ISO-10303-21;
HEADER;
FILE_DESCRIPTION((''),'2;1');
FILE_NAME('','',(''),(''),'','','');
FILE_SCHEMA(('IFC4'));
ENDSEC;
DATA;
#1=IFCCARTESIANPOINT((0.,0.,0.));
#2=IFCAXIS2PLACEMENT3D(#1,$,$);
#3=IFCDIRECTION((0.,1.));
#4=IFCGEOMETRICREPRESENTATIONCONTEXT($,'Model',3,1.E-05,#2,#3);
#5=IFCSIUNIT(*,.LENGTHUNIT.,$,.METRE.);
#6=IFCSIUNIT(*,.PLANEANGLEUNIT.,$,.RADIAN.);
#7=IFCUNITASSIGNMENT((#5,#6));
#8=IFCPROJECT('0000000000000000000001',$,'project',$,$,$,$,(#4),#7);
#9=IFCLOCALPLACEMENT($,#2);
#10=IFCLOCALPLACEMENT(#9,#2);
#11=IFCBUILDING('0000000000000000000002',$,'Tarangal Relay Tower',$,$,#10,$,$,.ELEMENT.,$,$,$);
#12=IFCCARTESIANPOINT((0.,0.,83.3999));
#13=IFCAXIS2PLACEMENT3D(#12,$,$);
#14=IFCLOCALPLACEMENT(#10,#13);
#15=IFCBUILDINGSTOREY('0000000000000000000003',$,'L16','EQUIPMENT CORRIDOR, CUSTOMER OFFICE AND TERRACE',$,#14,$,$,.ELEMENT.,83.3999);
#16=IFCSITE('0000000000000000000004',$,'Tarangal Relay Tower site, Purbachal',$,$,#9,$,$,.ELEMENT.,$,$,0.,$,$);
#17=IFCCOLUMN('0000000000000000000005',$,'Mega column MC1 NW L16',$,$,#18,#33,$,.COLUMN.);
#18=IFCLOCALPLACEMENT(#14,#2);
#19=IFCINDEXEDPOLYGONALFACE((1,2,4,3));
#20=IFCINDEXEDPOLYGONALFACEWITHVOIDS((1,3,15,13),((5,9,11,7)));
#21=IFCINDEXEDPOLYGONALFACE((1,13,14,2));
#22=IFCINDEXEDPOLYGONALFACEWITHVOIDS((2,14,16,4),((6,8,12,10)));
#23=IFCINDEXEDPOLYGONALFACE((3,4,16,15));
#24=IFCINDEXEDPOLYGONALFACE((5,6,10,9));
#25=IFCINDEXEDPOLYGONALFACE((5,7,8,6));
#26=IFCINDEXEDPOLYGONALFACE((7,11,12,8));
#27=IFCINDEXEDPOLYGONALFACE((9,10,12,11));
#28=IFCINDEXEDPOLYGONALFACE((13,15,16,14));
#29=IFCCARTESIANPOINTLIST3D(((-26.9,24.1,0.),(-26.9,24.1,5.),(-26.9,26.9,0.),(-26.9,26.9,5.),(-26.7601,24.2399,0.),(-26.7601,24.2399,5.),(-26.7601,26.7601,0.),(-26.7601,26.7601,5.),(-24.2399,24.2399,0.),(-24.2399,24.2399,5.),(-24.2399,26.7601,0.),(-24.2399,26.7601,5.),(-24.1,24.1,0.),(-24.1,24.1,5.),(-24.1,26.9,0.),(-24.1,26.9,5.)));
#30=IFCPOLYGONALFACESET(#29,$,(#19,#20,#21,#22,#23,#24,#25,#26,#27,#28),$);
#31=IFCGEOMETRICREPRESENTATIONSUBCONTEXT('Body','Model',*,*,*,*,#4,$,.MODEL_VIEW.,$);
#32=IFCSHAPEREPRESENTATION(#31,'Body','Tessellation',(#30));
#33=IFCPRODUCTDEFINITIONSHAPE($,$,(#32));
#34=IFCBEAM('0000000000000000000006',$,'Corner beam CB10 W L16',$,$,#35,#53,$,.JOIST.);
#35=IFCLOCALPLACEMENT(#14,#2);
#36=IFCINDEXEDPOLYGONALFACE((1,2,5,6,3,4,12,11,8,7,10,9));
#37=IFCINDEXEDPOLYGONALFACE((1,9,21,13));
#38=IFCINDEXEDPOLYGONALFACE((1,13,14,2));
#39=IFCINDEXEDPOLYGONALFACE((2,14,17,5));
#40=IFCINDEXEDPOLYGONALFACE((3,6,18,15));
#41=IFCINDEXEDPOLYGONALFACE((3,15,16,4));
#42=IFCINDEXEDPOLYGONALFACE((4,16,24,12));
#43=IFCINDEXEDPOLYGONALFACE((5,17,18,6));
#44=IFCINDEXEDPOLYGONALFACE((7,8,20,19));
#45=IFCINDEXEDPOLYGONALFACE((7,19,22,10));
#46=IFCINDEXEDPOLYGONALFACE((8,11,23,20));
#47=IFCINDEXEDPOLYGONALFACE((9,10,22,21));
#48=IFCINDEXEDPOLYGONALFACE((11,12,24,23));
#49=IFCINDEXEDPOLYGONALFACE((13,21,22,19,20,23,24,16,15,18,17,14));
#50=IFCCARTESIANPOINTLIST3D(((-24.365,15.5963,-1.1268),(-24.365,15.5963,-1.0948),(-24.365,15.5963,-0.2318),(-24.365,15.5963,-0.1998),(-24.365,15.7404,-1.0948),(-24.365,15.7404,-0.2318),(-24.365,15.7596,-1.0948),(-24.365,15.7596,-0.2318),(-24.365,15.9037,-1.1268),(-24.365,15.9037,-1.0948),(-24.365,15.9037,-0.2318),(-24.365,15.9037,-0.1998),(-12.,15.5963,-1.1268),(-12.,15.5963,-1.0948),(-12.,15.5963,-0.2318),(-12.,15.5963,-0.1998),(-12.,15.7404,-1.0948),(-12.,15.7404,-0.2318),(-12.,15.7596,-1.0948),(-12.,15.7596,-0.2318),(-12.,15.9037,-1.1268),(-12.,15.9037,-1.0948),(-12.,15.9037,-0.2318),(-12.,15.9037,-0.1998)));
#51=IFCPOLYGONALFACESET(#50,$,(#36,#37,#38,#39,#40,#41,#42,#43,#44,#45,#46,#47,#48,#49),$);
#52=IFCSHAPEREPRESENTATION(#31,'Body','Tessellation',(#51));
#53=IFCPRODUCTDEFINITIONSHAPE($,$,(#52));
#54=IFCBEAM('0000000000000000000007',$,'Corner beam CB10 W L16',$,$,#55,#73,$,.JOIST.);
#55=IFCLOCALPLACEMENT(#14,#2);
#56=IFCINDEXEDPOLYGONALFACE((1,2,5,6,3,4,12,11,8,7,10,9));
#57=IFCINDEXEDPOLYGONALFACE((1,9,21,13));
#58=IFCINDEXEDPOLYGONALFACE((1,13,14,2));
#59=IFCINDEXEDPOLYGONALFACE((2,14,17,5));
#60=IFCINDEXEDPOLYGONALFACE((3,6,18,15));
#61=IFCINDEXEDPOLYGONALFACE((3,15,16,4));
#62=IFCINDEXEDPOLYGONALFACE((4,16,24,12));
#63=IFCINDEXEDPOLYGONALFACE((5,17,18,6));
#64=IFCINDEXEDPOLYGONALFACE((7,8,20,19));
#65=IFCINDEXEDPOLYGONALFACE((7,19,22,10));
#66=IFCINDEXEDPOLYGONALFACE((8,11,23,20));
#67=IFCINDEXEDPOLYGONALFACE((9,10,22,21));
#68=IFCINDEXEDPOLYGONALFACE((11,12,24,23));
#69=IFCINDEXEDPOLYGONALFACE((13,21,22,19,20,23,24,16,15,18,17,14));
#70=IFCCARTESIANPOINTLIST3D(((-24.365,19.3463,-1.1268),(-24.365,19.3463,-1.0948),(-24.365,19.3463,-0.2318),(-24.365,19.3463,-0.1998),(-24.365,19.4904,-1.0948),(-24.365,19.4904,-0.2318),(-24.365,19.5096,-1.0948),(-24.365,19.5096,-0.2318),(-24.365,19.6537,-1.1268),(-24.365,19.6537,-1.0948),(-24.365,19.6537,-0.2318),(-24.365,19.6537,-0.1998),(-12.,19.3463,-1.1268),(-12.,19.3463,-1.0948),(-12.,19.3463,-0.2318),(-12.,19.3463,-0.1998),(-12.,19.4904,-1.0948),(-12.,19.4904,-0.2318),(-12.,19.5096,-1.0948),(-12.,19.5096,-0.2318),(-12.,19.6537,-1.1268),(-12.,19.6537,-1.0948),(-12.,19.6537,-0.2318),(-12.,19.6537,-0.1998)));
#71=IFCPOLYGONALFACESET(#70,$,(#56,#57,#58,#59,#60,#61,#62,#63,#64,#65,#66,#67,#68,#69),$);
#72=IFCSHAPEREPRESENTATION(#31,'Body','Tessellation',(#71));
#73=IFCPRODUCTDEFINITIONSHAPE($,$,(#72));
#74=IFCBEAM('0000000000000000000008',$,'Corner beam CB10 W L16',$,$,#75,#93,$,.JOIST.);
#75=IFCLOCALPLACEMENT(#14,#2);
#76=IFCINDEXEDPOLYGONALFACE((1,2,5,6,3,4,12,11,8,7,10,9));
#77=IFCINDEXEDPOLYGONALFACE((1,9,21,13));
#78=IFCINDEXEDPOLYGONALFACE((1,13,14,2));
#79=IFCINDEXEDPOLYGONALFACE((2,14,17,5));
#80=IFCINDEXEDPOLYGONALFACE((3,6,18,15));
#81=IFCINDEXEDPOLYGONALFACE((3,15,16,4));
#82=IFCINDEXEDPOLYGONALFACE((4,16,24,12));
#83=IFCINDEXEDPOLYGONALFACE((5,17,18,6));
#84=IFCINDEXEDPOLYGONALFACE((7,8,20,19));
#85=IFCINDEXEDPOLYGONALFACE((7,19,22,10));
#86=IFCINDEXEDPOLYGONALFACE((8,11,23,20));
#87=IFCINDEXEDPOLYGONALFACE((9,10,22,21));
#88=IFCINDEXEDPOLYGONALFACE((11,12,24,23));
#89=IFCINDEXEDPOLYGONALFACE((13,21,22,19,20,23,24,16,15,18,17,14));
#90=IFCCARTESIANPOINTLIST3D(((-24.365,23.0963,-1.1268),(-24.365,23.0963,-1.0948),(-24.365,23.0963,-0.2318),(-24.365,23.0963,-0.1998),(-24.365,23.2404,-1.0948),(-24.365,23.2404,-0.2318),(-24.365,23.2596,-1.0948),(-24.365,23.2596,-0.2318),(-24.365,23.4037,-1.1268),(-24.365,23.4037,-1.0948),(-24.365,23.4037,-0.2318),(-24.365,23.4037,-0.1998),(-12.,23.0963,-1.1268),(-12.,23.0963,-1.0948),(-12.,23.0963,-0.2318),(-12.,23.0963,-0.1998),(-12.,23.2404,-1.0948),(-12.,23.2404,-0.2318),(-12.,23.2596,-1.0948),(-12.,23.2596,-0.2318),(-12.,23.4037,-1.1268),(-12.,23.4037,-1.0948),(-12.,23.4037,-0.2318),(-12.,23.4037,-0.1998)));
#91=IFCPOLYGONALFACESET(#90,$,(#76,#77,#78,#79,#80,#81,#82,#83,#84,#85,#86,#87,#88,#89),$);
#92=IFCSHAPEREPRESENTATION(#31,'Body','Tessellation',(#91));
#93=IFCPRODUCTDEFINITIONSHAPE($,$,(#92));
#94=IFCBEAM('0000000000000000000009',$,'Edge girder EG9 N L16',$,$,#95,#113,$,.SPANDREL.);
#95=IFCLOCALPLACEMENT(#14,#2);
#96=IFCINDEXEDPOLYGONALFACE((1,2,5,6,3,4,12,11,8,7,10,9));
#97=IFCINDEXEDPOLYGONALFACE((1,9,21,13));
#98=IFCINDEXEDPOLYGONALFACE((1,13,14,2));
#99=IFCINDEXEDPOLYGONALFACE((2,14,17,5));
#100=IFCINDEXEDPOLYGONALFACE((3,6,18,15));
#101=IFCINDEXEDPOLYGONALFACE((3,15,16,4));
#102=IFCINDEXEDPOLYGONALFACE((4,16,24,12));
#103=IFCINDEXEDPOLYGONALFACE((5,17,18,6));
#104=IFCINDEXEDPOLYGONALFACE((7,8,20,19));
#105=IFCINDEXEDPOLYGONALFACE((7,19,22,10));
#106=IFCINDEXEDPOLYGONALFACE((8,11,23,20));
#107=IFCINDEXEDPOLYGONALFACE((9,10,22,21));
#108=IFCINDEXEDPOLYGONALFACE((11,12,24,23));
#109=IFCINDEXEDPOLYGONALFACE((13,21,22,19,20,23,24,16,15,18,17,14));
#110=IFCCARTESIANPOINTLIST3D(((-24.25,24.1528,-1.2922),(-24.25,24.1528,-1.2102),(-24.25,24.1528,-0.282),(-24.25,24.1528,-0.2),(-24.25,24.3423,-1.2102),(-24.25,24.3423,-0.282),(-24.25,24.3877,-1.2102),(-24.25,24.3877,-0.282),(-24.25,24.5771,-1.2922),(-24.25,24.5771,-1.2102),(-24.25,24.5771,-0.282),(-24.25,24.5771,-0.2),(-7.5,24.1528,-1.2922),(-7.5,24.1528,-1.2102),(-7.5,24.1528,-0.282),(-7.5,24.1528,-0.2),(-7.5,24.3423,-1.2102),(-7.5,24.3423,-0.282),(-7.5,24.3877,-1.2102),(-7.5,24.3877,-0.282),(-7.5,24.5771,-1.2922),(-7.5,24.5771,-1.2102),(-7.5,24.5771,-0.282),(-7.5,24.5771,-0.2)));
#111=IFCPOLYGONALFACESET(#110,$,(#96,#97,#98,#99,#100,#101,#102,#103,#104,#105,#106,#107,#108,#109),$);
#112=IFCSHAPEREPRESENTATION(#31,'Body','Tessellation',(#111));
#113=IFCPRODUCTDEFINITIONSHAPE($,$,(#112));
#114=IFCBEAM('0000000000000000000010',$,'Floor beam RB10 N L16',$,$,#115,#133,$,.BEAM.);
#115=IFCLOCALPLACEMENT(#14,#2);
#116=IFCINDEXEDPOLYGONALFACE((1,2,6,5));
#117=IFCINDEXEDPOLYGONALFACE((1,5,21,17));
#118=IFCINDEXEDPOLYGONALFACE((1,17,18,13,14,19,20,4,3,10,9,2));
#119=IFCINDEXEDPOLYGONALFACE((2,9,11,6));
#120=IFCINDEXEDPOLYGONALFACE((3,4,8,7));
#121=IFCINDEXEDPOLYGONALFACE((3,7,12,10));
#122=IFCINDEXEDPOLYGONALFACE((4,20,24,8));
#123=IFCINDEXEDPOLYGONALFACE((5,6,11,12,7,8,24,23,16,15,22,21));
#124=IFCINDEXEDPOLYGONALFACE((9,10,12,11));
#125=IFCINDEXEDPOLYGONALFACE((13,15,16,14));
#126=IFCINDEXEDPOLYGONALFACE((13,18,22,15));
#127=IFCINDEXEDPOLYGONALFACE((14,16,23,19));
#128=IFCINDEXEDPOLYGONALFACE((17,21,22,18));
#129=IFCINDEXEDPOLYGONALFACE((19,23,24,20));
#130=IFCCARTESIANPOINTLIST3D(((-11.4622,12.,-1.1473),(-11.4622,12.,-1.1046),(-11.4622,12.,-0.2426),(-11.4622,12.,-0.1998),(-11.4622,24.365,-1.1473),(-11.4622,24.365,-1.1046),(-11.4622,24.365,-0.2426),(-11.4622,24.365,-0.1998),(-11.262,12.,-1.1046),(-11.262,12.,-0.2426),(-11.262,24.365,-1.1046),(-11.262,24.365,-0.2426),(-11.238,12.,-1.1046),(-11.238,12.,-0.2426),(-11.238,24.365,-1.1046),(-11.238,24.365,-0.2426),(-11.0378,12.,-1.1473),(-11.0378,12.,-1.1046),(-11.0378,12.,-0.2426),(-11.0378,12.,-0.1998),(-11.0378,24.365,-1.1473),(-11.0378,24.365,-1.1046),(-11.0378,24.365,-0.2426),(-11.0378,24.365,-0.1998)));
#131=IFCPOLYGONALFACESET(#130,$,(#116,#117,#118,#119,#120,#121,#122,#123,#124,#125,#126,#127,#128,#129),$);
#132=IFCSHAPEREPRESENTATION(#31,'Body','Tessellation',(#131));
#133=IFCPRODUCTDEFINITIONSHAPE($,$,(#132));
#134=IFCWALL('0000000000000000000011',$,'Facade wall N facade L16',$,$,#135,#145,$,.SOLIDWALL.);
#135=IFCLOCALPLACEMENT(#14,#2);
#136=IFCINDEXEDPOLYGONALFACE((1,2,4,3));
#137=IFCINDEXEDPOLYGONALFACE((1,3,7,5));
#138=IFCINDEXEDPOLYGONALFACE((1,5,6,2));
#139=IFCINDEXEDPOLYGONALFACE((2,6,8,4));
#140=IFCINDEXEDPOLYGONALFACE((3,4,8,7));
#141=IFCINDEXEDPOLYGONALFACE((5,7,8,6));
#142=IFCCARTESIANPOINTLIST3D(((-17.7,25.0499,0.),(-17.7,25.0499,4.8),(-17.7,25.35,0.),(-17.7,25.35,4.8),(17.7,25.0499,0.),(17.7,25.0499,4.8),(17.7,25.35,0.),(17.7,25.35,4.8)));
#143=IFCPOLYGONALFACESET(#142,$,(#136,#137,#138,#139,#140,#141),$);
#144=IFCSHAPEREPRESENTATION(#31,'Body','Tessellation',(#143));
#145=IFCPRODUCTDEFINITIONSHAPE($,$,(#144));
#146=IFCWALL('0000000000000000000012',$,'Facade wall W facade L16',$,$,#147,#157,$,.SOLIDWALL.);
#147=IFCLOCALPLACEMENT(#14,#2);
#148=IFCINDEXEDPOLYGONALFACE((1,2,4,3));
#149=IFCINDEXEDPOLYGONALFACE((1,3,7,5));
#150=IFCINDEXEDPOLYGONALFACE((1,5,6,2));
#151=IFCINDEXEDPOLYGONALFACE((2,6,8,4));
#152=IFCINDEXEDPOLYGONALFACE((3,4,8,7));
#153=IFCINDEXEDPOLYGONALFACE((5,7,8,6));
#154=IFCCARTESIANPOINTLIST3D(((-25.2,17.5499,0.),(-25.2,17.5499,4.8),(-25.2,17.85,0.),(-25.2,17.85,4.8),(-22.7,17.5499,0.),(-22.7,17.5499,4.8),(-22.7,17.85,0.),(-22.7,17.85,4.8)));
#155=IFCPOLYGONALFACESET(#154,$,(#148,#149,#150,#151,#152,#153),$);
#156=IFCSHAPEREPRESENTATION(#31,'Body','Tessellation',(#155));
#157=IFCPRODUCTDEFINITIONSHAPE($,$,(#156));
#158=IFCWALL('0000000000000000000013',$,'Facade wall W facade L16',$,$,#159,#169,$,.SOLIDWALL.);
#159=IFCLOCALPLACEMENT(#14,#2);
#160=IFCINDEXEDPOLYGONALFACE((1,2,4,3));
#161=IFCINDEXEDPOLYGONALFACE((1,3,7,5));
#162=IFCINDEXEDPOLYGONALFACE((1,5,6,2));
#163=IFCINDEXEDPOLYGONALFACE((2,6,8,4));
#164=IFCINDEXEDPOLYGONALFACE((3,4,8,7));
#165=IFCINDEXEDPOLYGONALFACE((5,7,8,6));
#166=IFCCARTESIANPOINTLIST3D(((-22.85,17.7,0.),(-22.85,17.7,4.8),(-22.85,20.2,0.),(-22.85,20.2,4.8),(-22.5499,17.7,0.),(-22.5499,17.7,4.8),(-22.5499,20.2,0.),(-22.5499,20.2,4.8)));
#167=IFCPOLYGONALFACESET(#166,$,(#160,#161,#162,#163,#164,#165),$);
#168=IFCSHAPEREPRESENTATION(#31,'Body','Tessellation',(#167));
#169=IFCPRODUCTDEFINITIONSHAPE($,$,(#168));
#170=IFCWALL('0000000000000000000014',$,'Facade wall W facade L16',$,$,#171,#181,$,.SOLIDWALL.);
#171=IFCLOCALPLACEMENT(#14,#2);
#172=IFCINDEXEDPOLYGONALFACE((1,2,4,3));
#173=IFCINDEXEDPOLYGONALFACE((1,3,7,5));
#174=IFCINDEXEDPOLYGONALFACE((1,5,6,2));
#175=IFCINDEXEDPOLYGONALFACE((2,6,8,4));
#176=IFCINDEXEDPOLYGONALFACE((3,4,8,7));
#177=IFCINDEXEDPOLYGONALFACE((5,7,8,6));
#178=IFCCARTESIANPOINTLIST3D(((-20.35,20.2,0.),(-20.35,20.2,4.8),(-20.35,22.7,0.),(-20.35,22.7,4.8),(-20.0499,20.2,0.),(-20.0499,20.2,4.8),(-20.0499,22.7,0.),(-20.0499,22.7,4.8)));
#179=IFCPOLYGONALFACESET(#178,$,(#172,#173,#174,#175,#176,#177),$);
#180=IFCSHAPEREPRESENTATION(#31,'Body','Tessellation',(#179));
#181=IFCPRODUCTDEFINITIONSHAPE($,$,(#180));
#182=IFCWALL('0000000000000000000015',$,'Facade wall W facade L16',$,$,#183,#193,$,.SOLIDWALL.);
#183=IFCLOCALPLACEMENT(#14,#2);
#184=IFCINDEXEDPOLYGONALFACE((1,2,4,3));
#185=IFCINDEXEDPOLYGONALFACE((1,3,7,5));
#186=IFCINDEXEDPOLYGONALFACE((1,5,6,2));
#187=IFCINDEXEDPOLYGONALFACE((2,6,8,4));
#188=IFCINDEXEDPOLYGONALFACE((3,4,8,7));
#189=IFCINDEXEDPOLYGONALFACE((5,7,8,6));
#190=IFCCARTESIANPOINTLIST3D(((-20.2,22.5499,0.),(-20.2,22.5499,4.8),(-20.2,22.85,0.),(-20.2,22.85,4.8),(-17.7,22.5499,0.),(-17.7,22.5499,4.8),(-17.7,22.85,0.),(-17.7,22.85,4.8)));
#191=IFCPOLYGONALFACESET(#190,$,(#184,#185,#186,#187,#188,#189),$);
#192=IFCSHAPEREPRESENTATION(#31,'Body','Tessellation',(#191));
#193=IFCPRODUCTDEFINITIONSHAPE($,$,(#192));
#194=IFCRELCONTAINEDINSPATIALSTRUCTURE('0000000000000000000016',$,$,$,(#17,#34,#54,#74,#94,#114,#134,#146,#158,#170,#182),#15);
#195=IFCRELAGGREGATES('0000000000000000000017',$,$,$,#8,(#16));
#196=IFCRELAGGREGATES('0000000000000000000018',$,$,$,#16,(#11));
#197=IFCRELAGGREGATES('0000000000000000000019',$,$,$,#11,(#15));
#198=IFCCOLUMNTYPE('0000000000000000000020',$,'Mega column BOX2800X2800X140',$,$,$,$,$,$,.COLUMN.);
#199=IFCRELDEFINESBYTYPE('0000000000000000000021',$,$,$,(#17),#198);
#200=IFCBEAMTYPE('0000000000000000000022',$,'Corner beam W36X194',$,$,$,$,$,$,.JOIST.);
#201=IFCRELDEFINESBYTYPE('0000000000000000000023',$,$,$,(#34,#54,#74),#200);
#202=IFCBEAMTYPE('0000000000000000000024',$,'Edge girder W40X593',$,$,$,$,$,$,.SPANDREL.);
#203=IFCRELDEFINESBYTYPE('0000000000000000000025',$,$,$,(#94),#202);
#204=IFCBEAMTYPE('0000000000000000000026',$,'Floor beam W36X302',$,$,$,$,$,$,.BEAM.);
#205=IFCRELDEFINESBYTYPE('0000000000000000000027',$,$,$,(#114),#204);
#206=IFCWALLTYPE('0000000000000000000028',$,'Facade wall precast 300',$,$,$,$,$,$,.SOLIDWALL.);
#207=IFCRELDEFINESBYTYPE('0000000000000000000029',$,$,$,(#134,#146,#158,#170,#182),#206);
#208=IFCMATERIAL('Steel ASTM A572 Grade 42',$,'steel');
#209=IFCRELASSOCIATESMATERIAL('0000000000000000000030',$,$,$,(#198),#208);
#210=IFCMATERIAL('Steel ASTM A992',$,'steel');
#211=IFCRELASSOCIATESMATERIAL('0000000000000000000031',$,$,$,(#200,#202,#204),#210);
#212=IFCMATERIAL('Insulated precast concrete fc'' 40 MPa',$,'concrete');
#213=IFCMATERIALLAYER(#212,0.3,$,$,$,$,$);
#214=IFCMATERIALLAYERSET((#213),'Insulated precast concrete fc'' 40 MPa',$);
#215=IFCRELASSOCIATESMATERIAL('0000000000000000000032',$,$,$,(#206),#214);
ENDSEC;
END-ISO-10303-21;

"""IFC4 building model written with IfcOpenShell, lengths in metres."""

from ifc_helpers import new_model, si_unit, direction, frame, frame_2d, origin, origin_2d, place, context, subcontext, project, spatial, rectangle, hollow_rectangle, i_section, extrude, material, layer, layer_set, material_profile, profile_set, type_object, element, save


model = new_model("IFC4")

# Units and contexts
model_context = context("Model", 3, precision=1e-05, world=origin(), true_north=direction((0.0, 1.0)))
body_context = subcontext(model_context, "Body", "Model", "MODEL_VIEW")
ifc_project = project(units=[si_unit("LENGTHUNIT", "METRE"), si_unit("PLANEANGLEUNIT", "RADIAN")], contexts=[model_context])

# Site, building, storey
site_placement = place(None, origin())
site = spatial("IfcSite", under=ifc_project, at=site_placement, Name="Tarangal Relay Tower site, Purbachal", CompositionType="ELEMENT", RefElevation=0.0)
building_placement = place(site_placement, origin())
building = spatial("IfcBuilding", under=site, at=building_placement, Name="Tarangal Relay Tower", CompositionType="ELEMENT")
storey_placement = place(building_placement, frame((0.0, 0.0, 83.3999)))
storey = spatial("IfcBuildingStorey", under=building, at=storey_placement, Name="L16", Description="EQUIPMENT CORRIDOR, CUSTOMER OFFICE AND TERRACE", CompositionType="ELEMENT", Elevation=83.3999)

# Column
ifc_material_1 = material(Name="Steel ASTM A572 Grade 42", Category="steel")
ifc_material_profile_1 = material_profile(ifc_material_1, hollow_rectangle(XDim=2.8, YDim=2.8, WallThickness=0.1399, at=origin_2d()), Name="BOX2800X2800X140")
ifc_profile_set_1 = profile_set([ifc_material_profile_1], Name="Steel ASTM A572 Grade 42")
column_type = type_object("IfcColumnType", Name="Mega column BOX2800X2800X140", PredefinedType="COLUMN", material=ifc_profile_set_1)
column_placement = place(storey_placement, frame((-25.5, 25.5, 0.0), z_axis=(0.0, 0.0, 1.0), x_axis=(1.0, 0.0, 0.0)))
element("IfcColumn", 1, at=column_placement, inside=storey, type_object=column_type, Name="Mega column MC1 NW L16", PredefinedType="COLUMN", context=body_context, shape_type="SweptSolid", body=[
    extrude(hollow_rectangle(XDim=2.8, YDim=2.8, WallThickness=0.1399, at=origin_2d()), origin(), (0.0, 0.0, 1.0), 5.0),
])

# Beams
ifc_material_2 = material(Name="Steel ASTM A992", Category="steel")
ifc_material_profile_2 = material_profile(ifc_material_2, i_section(OverallWidth=0.3074, OverallDepth=0.927, WebThickness=0.0193, FlangeThickness=0.032, at=origin_2d()), Name="W36X194")
ifc_profile_set_2 = profile_set([ifc_material_profile_2], Name="Steel ASTM A992")
beam_type_1 = type_object("IfcBeamType", Name="Corner beam W36X194", PredefinedType="JOIST", material=ifc_profile_set_2)
for number, where, z_axis, x_axis, name in (
    (2, (-12.0, 15.75, -0.6633), (-1.0, 0.0, 0.0), (0.0, -1.0, 0.0), "Corner beam CB10 W L16"),
    (3, (-12.0, 19.5, -0.6633), (-1.0, 0.0, 0.0), (0.0, -1.0, 0.0), "Corner beam CB10 W L16"),
    (4, (-12.0, 23.25, -0.6633), (-1.0, 0.0, 0.0), (0.0, -1.0, 0.0), "Corner beam CB10 W L16"),
):
    element("IfcBeam", number, at=place(storey_placement, frame(where, z_axis=z_axis, x_axis=x_axis)), inside=storey, type_object=beam_type_1, Name=name, PredefinedType="JOIST", context=body_context, shape_type="SweptSolid", body=[
        extrude(i_section(OverallWidth=0.3074, OverallDepth=0.927, WebThickness=0.0193, FlangeThickness=0.032, at=origin_2d()), origin(), (0.0, 0.0, 1.0), 12.365),
    ])
ifc_material_profile_3 = material_profile(ifc_material_2, i_section(OverallWidth=0.4243, OverallDepth=1.0923, WebThickness=0.0454, FlangeThickness=0.082, at=origin_2d()), Name="W40X593")
ifc_profile_set_3 = profile_set([ifc_material_profile_3], Name="Steel ASTM A992")
beam_type_2 = type_object("IfcBeamType", Name="Edge girder W40X593", PredefinedType="SPANDREL", material=ifc_profile_set_3)
beam_1_placement = place(storey_placement, frame((-24.25, 24.365, -0.7461), z_axis=(1.0, 0.0, 0.0), x_axis=(0.0, 1.0, 0.0)))
element("IfcBeam", 5, at=beam_1_placement, inside=storey, type_object=beam_type_2, Name="Edge girder EG9 N L16", PredefinedType="SPANDREL", context=body_context, shape_type="SweptSolid", body=[
    extrude(i_section(OverallWidth=0.4243, OverallDepth=1.0923, WebThickness=0.0454, FlangeThickness=0.082, at=origin_2d()), origin(), (0.0, 0.0, 1.0), 16.75),
])
ifc_material_profile_4 = material_profile(ifc_material_2, i_section(OverallWidth=0.4243, OverallDepth=0.9475, WebThickness=0.0239, FlangeThickness=0.0427, at=origin_2d()), Name="W36X302")
ifc_profile_set_4 = profile_set([ifc_material_profile_4], Name="Steel ASTM A992")
beam_type_3 = type_object("IfcBeamType", Name="Floor beam W36X302", PredefinedType="BEAM", material=ifc_profile_set_4)
beam_2_placement = place(storey_placement, frame((-11.25, 12.0, -0.6736), z_axis=(0.0, 1.0, 0.0), x_axis=(-1.0, 0.0, 0.0)))
element("IfcBeam", 6, at=beam_2_placement, inside=storey, type_object=beam_type_3, Name="Floor beam RB10 N L16", PredefinedType="BEAM", context=body_context, shape_type="SweptSolid", body=[
    extrude(i_section(OverallWidth=0.4243, OverallDepth=0.9475, WebThickness=0.0239, FlangeThickness=0.0427, at=origin_2d()), origin(), (0.0, 0.0, 1.0), 12.365),
])

# Walls
ifc_material_3 = material(Name="Insulated precast concrete fc' 40 MPa", Category="concrete")
ifc_layer_1 = layer(ifc_material_3, 0.3)
ifc_layer_set_1 = layer_set([ifc_layer_1], Name="Insulated precast concrete fc' 40 MPa")
wall_type_1 = type_object("IfcWallType", Name="Facade wall precast 300", PredefinedType="SOLIDWALL", material=ifc_layer_set_1)
wall_1_placement = place(storey_placement, frame((-17.7, 25.2, 0.0), z_axis=(0.0, 0.0, 1.0), x_axis=(1.0, 0.0, 0.0)))
element("IfcWall", 7, at=wall_1_placement, inside=storey, type_object=wall_type_1, Name="Facade wall N facade L16", PredefinedType="SOLIDWALL", context=body_context, shape_type="SweptSolid", body=[
    extrude(rectangle(XDim=35.3999, YDim=0.3, at=frame_2d((17.7, 0.0))), origin(), (0.0, 0.0, 1.0), 4.8),
])
for number, where, z_axis, x_axis, name in (
    (8, (-25.2, 17.7, 0.0), (0.0, 0.0, 1.0), (1.0, 0.0, 0.0), "Facade wall W facade L16"),
    (9, (-22.7, 17.7, 0.0), (0.0, 0.0, 1.0), (0.0, 1.0, 0.0), "Facade wall W facade L16"),
):
    element("IfcWall", number, at=place(storey_placement, frame(where, z_axis=z_axis, x_axis=x_axis)), inside=storey, type_object=wall_type_1, Name=name, PredefinedType="SOLIDWALL", context=body_context, shape_type="SweptSolid", body=[
        extrude(rectangle(XDim=2.5, YDim=0.3, at=frame_2d((1.25, 0.0))), origin(), (0.0, 0.0, 1.0), 4.8),
    ])

# Walls
for number, where, z_axis, x_axis, name in (
    (10, (-20.2, 20.2, 0.0), (0.0, 0.0, 1.0), (0.0, 1.0, 0.0), "Facade wall W facade L16"),
    (11, (-20.2, 22.7, 0.0), (0.0, 0.0, 1.0), (1.0, 0.0, 0.0), "Facade wall W facade L16"),
):
    element("IfcWall", number, at=place(storey_placement, frame(where, z_axis=z_axis, x_axis=x_axis)), inside=storey, type_object=wall_type_1, Name=name, PredefinedType="SOLIDWALL", context=body_context, shape_type="SweptSolid", body=[
        extrude(rectangle(XDim=2.5, YDim=0.3, at=frame_2d((1.25, 0.0))), origin(), (0.0, 0.0, 1.0), 4.8),
    ])

save(model, "model.ifc")
